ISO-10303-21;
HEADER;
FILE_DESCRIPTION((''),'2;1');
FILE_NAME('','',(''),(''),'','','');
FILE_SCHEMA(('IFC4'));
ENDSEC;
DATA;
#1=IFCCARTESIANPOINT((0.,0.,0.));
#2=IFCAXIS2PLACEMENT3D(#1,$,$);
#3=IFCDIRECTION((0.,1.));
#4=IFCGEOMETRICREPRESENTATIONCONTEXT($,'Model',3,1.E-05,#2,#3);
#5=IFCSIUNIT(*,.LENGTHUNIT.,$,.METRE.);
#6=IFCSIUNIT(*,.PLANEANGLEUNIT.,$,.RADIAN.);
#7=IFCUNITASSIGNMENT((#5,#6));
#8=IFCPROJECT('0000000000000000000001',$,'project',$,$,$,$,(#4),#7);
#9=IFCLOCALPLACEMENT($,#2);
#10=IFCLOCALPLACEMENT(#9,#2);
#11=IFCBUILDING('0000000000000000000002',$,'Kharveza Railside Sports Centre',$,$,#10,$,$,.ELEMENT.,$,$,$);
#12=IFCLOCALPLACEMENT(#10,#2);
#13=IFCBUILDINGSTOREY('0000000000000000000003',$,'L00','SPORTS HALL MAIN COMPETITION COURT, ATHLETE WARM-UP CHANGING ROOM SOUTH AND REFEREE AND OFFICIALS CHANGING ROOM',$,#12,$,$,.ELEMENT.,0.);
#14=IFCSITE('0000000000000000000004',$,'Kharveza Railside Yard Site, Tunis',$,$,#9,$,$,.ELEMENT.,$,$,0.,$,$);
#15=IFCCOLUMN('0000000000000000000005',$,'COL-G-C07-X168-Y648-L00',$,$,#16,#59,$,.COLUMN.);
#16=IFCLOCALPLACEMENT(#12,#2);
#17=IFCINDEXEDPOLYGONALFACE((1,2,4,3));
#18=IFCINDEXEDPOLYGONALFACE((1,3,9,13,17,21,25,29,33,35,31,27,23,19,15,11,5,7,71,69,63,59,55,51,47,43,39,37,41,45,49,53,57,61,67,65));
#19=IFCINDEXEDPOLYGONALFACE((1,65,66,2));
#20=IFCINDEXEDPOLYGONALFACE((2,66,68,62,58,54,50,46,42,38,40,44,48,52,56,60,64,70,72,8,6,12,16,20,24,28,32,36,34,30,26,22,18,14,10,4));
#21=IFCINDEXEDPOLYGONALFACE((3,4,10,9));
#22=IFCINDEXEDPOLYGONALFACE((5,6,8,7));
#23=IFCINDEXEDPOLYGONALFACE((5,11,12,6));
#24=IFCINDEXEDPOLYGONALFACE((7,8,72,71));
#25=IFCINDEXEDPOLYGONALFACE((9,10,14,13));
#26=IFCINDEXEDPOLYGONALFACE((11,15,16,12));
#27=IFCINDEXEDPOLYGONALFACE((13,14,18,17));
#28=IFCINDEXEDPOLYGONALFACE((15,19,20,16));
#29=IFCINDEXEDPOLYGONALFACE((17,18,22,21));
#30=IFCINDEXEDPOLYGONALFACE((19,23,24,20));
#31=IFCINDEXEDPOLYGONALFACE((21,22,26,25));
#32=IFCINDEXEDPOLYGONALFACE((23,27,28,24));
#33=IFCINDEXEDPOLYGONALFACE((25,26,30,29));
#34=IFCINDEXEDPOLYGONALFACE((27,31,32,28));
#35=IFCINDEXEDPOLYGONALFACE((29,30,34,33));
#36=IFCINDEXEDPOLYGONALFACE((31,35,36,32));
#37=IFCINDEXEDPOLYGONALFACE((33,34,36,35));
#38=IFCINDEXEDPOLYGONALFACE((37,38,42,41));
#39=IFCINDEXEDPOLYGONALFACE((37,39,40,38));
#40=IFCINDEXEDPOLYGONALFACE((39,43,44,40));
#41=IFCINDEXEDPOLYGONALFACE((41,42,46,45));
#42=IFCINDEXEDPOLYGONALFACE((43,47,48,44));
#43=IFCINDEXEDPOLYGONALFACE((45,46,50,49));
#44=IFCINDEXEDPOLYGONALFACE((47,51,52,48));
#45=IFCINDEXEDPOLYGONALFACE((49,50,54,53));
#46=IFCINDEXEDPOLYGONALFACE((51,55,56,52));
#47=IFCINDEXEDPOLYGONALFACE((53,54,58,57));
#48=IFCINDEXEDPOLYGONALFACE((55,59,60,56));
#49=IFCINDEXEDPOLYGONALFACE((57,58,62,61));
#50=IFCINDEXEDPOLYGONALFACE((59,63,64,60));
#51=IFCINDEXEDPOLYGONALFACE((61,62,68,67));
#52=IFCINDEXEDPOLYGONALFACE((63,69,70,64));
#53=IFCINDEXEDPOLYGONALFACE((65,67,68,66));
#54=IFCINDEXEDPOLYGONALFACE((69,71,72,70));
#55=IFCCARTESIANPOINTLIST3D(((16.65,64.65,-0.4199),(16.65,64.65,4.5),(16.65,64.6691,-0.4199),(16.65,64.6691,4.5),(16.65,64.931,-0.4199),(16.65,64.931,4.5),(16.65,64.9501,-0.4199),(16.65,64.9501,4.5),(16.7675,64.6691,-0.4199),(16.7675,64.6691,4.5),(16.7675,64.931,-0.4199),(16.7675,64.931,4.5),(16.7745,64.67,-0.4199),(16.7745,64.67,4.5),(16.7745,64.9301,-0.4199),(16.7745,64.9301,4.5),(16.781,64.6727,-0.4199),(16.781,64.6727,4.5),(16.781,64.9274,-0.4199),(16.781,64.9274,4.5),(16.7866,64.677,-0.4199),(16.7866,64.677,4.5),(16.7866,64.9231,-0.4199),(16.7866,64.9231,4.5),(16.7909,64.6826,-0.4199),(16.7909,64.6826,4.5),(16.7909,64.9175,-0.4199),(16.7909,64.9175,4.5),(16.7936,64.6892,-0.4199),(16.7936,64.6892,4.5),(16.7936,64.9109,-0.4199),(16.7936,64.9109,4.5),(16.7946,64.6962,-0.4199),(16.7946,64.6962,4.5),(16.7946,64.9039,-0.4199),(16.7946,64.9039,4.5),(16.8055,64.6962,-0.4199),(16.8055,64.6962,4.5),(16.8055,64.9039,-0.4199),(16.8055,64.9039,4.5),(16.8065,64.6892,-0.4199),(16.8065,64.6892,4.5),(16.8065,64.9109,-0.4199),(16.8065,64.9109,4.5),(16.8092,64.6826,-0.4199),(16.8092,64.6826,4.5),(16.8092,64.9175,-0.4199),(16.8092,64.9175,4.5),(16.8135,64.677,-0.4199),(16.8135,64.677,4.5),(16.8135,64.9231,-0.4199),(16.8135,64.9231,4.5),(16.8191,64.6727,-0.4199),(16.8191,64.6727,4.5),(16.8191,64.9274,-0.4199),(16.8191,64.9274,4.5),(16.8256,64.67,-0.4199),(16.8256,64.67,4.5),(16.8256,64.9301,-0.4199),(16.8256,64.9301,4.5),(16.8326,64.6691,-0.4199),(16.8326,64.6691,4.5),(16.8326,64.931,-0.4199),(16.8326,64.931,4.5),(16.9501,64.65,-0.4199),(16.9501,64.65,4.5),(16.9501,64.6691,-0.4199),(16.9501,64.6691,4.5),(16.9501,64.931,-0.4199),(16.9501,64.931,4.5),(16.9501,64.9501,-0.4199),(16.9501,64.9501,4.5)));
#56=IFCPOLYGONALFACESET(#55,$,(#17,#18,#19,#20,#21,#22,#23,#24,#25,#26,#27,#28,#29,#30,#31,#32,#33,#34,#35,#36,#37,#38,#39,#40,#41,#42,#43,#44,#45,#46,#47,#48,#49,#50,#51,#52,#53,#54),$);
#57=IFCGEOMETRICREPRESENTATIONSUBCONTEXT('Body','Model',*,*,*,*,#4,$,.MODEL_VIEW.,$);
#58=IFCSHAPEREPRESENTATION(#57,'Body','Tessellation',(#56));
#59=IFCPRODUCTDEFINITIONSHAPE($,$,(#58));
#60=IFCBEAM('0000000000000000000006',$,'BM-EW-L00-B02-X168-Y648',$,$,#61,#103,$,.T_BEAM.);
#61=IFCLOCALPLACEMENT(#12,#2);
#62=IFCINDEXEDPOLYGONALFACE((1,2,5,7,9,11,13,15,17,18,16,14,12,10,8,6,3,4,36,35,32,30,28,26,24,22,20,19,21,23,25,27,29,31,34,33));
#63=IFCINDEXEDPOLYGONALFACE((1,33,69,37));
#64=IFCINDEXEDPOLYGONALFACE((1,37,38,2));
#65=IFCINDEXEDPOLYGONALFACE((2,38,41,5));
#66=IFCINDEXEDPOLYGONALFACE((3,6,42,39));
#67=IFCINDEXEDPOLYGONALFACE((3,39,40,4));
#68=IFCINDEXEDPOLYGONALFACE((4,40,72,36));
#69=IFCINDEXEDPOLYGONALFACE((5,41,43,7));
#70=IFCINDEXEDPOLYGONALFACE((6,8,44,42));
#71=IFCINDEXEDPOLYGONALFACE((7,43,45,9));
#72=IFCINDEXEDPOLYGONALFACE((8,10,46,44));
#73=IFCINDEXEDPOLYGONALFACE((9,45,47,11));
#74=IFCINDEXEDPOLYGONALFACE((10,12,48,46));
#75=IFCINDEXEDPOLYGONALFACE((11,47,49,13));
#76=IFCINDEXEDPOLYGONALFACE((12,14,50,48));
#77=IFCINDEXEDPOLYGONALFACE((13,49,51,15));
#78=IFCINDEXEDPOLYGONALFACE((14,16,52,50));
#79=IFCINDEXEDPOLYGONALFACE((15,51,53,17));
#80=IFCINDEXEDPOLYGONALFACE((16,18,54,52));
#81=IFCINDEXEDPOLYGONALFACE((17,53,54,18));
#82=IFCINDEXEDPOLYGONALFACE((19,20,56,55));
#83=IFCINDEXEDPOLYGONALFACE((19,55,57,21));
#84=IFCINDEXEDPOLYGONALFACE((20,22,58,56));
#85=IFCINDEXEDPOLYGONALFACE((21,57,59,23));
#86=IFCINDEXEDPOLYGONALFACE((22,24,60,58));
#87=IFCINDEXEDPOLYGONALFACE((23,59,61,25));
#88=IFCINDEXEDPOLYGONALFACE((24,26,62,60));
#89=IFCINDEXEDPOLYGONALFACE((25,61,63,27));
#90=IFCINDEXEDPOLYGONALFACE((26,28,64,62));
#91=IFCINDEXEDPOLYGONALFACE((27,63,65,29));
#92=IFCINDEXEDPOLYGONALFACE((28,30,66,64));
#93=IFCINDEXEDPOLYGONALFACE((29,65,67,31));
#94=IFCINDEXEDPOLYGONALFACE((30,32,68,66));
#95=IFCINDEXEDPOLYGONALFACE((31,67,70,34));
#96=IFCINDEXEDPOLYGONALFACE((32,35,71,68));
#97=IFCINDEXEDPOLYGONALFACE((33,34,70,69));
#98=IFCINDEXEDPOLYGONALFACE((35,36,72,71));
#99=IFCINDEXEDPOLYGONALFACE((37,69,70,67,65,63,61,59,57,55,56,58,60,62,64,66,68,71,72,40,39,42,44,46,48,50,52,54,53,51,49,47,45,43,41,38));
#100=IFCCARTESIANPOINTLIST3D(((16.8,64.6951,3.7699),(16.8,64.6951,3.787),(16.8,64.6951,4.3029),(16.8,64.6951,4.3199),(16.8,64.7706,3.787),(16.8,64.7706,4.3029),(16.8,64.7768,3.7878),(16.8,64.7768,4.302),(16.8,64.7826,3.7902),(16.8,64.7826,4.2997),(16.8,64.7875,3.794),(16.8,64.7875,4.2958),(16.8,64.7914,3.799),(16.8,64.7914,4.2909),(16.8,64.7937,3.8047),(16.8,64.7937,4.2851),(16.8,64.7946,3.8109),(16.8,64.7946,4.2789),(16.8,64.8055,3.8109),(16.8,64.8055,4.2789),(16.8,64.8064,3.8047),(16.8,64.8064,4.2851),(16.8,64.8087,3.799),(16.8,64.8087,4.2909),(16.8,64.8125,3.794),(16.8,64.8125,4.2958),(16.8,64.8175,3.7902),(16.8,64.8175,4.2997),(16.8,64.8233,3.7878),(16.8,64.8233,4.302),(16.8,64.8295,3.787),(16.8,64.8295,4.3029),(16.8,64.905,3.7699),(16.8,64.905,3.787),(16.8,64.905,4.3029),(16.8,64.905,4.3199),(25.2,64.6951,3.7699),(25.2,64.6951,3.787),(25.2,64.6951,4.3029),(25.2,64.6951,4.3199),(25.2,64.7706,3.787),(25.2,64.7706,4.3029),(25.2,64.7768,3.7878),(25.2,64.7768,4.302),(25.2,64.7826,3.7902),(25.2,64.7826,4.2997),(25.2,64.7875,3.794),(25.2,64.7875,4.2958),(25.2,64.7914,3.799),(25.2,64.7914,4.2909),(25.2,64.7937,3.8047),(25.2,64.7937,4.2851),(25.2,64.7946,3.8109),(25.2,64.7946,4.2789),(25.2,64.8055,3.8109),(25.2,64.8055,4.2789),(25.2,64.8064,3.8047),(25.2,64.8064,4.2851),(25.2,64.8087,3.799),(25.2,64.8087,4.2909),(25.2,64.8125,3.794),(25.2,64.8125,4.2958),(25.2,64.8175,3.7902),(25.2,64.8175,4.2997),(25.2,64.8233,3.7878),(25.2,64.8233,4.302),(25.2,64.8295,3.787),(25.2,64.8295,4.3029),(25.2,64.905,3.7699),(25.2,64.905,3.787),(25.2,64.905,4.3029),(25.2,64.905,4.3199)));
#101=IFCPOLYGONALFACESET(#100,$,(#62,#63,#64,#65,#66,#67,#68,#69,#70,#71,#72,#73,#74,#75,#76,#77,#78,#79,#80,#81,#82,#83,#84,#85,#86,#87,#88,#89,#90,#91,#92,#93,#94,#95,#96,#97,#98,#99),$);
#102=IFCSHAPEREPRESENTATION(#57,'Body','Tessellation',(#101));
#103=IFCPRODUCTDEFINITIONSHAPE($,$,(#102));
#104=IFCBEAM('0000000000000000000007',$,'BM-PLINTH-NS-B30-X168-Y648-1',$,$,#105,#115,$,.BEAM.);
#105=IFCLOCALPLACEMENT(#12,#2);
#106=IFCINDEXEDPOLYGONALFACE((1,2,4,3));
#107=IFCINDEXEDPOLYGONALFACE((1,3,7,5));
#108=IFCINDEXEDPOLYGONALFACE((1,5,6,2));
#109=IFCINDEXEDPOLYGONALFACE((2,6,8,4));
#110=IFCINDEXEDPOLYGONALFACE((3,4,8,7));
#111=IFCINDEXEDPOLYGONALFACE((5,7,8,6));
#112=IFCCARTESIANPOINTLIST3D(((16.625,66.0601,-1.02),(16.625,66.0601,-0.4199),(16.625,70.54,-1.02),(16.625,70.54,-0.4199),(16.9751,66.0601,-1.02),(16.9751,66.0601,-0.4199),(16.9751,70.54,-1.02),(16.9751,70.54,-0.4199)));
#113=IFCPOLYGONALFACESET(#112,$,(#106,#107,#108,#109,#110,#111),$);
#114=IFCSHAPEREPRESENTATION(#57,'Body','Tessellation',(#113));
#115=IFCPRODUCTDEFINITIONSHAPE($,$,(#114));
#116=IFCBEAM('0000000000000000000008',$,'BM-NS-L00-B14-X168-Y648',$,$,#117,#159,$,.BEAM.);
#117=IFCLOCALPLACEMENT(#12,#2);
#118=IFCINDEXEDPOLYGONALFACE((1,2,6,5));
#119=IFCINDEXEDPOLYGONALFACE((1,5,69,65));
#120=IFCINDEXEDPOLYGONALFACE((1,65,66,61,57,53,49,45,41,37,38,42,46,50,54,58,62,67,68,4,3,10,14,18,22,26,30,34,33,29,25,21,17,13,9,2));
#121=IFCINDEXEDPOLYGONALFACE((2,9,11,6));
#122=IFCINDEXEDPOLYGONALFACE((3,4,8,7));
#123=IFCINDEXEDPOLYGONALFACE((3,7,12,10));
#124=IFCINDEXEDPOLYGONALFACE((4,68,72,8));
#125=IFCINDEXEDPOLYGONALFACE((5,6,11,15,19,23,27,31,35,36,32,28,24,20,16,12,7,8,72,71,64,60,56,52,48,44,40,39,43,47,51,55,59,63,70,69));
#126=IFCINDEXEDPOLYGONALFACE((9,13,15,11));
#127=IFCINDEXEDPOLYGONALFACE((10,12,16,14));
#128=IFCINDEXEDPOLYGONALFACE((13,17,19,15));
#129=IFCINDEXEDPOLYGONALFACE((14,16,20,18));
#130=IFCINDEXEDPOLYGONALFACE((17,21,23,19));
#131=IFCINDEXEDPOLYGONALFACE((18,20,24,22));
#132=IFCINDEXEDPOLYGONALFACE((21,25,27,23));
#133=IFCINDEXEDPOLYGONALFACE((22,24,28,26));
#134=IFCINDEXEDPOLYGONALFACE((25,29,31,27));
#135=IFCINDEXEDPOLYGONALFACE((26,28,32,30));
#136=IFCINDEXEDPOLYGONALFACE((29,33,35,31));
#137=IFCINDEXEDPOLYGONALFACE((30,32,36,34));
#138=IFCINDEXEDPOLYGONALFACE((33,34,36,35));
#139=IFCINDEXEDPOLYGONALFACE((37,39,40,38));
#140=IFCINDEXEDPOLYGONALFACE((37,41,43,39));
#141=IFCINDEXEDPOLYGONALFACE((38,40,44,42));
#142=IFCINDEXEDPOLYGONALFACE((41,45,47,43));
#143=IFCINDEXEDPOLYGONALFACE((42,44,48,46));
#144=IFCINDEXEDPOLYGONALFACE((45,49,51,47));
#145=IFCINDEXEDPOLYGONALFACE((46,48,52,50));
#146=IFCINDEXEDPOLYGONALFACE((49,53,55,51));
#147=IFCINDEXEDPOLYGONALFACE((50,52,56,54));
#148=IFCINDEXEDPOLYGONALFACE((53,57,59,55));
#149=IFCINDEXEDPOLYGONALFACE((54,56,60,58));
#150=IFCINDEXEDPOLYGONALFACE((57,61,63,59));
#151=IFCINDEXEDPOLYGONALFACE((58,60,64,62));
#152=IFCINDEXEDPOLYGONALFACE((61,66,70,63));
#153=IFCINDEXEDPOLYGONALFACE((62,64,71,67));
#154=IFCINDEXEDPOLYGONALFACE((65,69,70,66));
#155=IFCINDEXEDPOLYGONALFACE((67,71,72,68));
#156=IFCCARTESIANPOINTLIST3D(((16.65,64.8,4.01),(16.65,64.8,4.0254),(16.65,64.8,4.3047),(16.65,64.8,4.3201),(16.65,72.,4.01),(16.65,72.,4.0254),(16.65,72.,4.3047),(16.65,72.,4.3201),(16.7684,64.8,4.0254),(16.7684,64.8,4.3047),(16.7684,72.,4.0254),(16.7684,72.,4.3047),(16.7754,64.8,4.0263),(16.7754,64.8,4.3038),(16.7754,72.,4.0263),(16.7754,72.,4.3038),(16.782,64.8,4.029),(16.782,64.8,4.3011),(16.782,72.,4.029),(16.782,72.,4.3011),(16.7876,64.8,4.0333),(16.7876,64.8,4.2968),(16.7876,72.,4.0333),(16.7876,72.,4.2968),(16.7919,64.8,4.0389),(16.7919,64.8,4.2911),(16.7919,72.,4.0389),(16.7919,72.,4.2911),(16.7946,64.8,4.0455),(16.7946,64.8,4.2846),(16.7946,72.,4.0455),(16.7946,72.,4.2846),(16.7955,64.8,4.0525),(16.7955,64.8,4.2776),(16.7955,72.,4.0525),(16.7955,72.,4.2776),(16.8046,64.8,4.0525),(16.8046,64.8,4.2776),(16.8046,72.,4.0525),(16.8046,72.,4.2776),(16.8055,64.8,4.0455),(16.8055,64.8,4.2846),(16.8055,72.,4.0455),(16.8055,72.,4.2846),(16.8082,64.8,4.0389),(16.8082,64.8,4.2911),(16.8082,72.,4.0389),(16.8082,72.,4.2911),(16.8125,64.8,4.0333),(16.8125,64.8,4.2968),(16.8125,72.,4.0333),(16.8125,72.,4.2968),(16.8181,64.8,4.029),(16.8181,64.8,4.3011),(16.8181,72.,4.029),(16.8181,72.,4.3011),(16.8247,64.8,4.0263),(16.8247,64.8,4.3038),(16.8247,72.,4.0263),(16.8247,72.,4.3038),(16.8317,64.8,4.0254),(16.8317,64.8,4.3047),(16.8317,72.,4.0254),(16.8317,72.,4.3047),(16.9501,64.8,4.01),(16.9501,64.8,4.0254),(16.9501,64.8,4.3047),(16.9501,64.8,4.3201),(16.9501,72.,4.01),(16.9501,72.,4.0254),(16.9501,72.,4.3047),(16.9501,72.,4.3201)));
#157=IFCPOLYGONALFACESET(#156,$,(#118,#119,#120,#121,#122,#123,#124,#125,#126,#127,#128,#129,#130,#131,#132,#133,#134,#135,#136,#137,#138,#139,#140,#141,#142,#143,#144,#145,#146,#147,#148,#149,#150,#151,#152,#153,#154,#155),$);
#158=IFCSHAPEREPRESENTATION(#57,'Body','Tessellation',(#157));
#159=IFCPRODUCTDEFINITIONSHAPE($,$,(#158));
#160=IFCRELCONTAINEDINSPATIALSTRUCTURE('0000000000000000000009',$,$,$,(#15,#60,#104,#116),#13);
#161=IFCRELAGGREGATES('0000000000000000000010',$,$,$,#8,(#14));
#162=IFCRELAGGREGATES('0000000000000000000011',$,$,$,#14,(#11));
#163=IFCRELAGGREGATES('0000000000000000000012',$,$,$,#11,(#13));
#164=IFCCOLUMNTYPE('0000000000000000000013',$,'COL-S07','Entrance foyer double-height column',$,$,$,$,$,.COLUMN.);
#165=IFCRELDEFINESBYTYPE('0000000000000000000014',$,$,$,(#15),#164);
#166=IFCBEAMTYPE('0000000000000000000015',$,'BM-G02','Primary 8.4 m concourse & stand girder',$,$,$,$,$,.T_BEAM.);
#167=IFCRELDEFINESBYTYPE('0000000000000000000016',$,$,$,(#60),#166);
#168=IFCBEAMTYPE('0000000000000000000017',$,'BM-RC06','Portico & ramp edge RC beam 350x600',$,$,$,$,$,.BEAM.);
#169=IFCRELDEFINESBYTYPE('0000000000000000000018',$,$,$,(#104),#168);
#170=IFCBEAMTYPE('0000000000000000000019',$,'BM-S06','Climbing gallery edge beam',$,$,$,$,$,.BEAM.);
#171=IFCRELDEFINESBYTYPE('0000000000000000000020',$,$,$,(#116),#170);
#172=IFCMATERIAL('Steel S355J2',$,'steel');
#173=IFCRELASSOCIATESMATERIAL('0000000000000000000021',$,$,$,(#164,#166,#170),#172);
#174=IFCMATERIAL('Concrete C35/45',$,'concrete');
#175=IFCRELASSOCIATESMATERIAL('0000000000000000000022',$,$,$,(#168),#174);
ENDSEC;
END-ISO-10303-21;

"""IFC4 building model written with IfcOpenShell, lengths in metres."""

from ifc_helpers import new_model, si_unit, direction, frame, origin, origin_2d, place, context, subcontext, project, spatial, rectangle, i_section, extrude, material, material_profile, profile_set, type_object, element, save


model = new_model("IFC4")

# Units and contexts
model_context = context("Model", 3, precision=1e-05, world=origin(), true_north=direction((0.0, 1.0)))
body_context = subcontext(model_context, "Body", "Model", "MODEL_VIEW")
ifc_project = project(units=[si_unit("LENGTHUNIT", "METRE"), si_unit("PLANEANGLEUNIT", "RADIAN")], contexts=[model_context])

# Site, building, storey
site_placement = place(None, origin())
site = spatial("IfcSite", under=ifc_project, at=site_placement, Name="Kharveza Railside Yard Site, Tunis", CompositionType="ELEMENT", RefElevation=0.0)
building_placement = place(site_placement, origin())
building = spatial("IfcBuilding", under=site, at=building_placement, Name="Kharveza Railside Sports Centre", CompositionType="ELEMENT")
storey_placement = place(building_placement, origin())
storey = spatial("IfcBuildingStorey", under=building, at=storey_placement, Name="L00", Description="SPORTS HALL MAIN COMPETITION COURT, ATHLETE WARM-UP CHANGING ROOM SOUTH AND REFEREE AND OFFICIALS CHANGING ROOM", CompositionType="ELEMENT", Elevation=0.0)

# Shared definitions
ifc_material_1 = material(Name="Concrete C35/45", Category="concrete")

# Column
ifc_material_2 = material(Name="Steel S355J2", Category="steel")
ifc_material_profile_1 = material_profile(ifc_material_2, i_section(OverallWidth=0.3, OverallDepth=0.3, WebThickness=0.011, FlangeThickness=0.019, FilletRadius=0.0271, at=origin_2d()), Name="HEB 300")
ifc_profile_set_1 = profile_set([ifc_material_profile_1], Name="Steel S355J2")
column_type_1 = type_object("IfcColumnType", Name="COL-S07", Description="Entrance foyer double-height column", PredefinedType="COLUMN", material=ifc_profile_set_1)
column_1_placement = place(storey_placement, frame((16.8, 64.8, -0.4199), z_axis=(0.0, 0.0, 1.0), x_axis=(1.0, 0.0, 0.0)))
element("IfcColumn", 1, at=column_1_placement, inside=storey, type_object=column_type_1, Name="COL-G-C07-X168-Y648-L00", PredefinedType="COLUMN", context=body_context, shape_type="SweptSolid", body=[
    extrude(i_section(OverallWidth=0.3, OverallDepth=0.3, WebThickness=0.011, FlangeThickness=0.019, FilletRadius=0.0271, at=origin_2d()), origin(), (0.0, 0.0, 1.0), 4.9199),
])

# Beams
ifc_material_profile_2 = material_profile(ifc_material_2, i_section(OverallWidth=0.21, OverallDepth=0.55, WebThickness=0.011, FlangeThickness=0.0171, FilletRadius=0.0239, at=origin_2d()), Name="IPE 550")
ifc_profile_set_2 = profile_set([ifc_material_profile_2], Name="Steel S355J2")
beam_type_1 = type_object("IfcBeamType", Name="BM-G02", Description="Primary 8.4 m concourse & stand girder", PredefinedType="T_BEAM", material=ifc_profile_set_2)
beam_1_placement = place(storey_placement, frame((16.8, 64.8, 4.0449), z_axis=(1.0, 0.0, 0.0), x_axis=(0.0, 1.0, 0.0)))
element("IfcBeam", 2, at=beam_1_placement, inside=storey, type_object=beam_type_1, Name="BM-EW-L00-B02-X168-Y648", PredefinedType="T_BEAM", context=body_context, shape_type="SweptSolid", body=[
    extrude(i_section(OverallWidth=0.21, OverallDepth=0.55, WebThickness=0.011, FlangeThickness=0.0171, FilletRadius=0.0239, at=origin_2d()), origin(), (0.0, 0.0, 1.0), 8.3999),
])
ifc_material_profile_3 = material_profile(ifc_material_1, rectangle(XDim=0.3501, YDim=0.6001, at=origin_2d()), Name="RCB 350x600")
ifc_profile_set_3 = profile_set([ifc_material_profile_3], Name="Concrete C35/45")
beam_type_2 = type_object("IfcBeamType", Name="BM-RC06", Description="Portico & ramp edge RC beam 350x600", PredefinedType="BEAM", material=ifc_profile_set_3)
beam_2_placement = place(storey_placement, frame((16.8, 66.0601, -0.72), z_axis=(0.0, 1.0, 0.0), x_axis=(-1.0, 0.0, 0.0)))
element("IfcBeam", 3, at=beam_2_placement, inside=storey, type_object=beam_type_2, Name="BM-PLINTH-NS-B30-X168-Y648-1", PredefinedType="BEAM", context=body_context, shape_type="SweptSolid", body=[
    extrude(rectangle(XDim=0.3501, YDim=0.6001, at=origin_2d()), origin(), (0.0, 0.0, 1.0), 4.48),
])
ifc_material_profile_4 = material_profile(ifc_material_2, i_section(OverallWidth=0.3, OverallDepth=0.3101, WebThickness=0.009, FlangeThickness=0.0154, FilletRadius=0.0271, at=origin_2d()), Name="HEA 320")
ifc_profile_set_4 = profile_set([ifc_material_profile_4], Name="Steel S355J2")
beam_type_3 = type_object("IfcBeamType", Name="BM-S06", Description="Climbing gallery edge beam", PredefinedType="BEAM", material=ifc_profile_set_4)
beam_3_placement = place(storey_placement, frame((16.8, 64.8, 4.165), z_axis=(0.0, 1.0, 0.0), x_axis=(-1.0, 0.0, 0.0)))
element("IfcBeam", 4, at=beam_3_placement, inside=storey, type_object=beam_type_3, Name="BM-NS-L00-B14-X168-Y648", PredefinedType="BEAM", context=body_context, shape_type="SweptSolid", body=[
    extrude(i_section(OverallWidth=0.3, OverallDepth=0.3101, WebThickness=0.009, FlangeThickness=0.0154, FilletRadius=0.0271, at=origin_2d()), origin(), (0.0, 0.0, 1.0), 7.2),
])

save(model, "model.ifc")
